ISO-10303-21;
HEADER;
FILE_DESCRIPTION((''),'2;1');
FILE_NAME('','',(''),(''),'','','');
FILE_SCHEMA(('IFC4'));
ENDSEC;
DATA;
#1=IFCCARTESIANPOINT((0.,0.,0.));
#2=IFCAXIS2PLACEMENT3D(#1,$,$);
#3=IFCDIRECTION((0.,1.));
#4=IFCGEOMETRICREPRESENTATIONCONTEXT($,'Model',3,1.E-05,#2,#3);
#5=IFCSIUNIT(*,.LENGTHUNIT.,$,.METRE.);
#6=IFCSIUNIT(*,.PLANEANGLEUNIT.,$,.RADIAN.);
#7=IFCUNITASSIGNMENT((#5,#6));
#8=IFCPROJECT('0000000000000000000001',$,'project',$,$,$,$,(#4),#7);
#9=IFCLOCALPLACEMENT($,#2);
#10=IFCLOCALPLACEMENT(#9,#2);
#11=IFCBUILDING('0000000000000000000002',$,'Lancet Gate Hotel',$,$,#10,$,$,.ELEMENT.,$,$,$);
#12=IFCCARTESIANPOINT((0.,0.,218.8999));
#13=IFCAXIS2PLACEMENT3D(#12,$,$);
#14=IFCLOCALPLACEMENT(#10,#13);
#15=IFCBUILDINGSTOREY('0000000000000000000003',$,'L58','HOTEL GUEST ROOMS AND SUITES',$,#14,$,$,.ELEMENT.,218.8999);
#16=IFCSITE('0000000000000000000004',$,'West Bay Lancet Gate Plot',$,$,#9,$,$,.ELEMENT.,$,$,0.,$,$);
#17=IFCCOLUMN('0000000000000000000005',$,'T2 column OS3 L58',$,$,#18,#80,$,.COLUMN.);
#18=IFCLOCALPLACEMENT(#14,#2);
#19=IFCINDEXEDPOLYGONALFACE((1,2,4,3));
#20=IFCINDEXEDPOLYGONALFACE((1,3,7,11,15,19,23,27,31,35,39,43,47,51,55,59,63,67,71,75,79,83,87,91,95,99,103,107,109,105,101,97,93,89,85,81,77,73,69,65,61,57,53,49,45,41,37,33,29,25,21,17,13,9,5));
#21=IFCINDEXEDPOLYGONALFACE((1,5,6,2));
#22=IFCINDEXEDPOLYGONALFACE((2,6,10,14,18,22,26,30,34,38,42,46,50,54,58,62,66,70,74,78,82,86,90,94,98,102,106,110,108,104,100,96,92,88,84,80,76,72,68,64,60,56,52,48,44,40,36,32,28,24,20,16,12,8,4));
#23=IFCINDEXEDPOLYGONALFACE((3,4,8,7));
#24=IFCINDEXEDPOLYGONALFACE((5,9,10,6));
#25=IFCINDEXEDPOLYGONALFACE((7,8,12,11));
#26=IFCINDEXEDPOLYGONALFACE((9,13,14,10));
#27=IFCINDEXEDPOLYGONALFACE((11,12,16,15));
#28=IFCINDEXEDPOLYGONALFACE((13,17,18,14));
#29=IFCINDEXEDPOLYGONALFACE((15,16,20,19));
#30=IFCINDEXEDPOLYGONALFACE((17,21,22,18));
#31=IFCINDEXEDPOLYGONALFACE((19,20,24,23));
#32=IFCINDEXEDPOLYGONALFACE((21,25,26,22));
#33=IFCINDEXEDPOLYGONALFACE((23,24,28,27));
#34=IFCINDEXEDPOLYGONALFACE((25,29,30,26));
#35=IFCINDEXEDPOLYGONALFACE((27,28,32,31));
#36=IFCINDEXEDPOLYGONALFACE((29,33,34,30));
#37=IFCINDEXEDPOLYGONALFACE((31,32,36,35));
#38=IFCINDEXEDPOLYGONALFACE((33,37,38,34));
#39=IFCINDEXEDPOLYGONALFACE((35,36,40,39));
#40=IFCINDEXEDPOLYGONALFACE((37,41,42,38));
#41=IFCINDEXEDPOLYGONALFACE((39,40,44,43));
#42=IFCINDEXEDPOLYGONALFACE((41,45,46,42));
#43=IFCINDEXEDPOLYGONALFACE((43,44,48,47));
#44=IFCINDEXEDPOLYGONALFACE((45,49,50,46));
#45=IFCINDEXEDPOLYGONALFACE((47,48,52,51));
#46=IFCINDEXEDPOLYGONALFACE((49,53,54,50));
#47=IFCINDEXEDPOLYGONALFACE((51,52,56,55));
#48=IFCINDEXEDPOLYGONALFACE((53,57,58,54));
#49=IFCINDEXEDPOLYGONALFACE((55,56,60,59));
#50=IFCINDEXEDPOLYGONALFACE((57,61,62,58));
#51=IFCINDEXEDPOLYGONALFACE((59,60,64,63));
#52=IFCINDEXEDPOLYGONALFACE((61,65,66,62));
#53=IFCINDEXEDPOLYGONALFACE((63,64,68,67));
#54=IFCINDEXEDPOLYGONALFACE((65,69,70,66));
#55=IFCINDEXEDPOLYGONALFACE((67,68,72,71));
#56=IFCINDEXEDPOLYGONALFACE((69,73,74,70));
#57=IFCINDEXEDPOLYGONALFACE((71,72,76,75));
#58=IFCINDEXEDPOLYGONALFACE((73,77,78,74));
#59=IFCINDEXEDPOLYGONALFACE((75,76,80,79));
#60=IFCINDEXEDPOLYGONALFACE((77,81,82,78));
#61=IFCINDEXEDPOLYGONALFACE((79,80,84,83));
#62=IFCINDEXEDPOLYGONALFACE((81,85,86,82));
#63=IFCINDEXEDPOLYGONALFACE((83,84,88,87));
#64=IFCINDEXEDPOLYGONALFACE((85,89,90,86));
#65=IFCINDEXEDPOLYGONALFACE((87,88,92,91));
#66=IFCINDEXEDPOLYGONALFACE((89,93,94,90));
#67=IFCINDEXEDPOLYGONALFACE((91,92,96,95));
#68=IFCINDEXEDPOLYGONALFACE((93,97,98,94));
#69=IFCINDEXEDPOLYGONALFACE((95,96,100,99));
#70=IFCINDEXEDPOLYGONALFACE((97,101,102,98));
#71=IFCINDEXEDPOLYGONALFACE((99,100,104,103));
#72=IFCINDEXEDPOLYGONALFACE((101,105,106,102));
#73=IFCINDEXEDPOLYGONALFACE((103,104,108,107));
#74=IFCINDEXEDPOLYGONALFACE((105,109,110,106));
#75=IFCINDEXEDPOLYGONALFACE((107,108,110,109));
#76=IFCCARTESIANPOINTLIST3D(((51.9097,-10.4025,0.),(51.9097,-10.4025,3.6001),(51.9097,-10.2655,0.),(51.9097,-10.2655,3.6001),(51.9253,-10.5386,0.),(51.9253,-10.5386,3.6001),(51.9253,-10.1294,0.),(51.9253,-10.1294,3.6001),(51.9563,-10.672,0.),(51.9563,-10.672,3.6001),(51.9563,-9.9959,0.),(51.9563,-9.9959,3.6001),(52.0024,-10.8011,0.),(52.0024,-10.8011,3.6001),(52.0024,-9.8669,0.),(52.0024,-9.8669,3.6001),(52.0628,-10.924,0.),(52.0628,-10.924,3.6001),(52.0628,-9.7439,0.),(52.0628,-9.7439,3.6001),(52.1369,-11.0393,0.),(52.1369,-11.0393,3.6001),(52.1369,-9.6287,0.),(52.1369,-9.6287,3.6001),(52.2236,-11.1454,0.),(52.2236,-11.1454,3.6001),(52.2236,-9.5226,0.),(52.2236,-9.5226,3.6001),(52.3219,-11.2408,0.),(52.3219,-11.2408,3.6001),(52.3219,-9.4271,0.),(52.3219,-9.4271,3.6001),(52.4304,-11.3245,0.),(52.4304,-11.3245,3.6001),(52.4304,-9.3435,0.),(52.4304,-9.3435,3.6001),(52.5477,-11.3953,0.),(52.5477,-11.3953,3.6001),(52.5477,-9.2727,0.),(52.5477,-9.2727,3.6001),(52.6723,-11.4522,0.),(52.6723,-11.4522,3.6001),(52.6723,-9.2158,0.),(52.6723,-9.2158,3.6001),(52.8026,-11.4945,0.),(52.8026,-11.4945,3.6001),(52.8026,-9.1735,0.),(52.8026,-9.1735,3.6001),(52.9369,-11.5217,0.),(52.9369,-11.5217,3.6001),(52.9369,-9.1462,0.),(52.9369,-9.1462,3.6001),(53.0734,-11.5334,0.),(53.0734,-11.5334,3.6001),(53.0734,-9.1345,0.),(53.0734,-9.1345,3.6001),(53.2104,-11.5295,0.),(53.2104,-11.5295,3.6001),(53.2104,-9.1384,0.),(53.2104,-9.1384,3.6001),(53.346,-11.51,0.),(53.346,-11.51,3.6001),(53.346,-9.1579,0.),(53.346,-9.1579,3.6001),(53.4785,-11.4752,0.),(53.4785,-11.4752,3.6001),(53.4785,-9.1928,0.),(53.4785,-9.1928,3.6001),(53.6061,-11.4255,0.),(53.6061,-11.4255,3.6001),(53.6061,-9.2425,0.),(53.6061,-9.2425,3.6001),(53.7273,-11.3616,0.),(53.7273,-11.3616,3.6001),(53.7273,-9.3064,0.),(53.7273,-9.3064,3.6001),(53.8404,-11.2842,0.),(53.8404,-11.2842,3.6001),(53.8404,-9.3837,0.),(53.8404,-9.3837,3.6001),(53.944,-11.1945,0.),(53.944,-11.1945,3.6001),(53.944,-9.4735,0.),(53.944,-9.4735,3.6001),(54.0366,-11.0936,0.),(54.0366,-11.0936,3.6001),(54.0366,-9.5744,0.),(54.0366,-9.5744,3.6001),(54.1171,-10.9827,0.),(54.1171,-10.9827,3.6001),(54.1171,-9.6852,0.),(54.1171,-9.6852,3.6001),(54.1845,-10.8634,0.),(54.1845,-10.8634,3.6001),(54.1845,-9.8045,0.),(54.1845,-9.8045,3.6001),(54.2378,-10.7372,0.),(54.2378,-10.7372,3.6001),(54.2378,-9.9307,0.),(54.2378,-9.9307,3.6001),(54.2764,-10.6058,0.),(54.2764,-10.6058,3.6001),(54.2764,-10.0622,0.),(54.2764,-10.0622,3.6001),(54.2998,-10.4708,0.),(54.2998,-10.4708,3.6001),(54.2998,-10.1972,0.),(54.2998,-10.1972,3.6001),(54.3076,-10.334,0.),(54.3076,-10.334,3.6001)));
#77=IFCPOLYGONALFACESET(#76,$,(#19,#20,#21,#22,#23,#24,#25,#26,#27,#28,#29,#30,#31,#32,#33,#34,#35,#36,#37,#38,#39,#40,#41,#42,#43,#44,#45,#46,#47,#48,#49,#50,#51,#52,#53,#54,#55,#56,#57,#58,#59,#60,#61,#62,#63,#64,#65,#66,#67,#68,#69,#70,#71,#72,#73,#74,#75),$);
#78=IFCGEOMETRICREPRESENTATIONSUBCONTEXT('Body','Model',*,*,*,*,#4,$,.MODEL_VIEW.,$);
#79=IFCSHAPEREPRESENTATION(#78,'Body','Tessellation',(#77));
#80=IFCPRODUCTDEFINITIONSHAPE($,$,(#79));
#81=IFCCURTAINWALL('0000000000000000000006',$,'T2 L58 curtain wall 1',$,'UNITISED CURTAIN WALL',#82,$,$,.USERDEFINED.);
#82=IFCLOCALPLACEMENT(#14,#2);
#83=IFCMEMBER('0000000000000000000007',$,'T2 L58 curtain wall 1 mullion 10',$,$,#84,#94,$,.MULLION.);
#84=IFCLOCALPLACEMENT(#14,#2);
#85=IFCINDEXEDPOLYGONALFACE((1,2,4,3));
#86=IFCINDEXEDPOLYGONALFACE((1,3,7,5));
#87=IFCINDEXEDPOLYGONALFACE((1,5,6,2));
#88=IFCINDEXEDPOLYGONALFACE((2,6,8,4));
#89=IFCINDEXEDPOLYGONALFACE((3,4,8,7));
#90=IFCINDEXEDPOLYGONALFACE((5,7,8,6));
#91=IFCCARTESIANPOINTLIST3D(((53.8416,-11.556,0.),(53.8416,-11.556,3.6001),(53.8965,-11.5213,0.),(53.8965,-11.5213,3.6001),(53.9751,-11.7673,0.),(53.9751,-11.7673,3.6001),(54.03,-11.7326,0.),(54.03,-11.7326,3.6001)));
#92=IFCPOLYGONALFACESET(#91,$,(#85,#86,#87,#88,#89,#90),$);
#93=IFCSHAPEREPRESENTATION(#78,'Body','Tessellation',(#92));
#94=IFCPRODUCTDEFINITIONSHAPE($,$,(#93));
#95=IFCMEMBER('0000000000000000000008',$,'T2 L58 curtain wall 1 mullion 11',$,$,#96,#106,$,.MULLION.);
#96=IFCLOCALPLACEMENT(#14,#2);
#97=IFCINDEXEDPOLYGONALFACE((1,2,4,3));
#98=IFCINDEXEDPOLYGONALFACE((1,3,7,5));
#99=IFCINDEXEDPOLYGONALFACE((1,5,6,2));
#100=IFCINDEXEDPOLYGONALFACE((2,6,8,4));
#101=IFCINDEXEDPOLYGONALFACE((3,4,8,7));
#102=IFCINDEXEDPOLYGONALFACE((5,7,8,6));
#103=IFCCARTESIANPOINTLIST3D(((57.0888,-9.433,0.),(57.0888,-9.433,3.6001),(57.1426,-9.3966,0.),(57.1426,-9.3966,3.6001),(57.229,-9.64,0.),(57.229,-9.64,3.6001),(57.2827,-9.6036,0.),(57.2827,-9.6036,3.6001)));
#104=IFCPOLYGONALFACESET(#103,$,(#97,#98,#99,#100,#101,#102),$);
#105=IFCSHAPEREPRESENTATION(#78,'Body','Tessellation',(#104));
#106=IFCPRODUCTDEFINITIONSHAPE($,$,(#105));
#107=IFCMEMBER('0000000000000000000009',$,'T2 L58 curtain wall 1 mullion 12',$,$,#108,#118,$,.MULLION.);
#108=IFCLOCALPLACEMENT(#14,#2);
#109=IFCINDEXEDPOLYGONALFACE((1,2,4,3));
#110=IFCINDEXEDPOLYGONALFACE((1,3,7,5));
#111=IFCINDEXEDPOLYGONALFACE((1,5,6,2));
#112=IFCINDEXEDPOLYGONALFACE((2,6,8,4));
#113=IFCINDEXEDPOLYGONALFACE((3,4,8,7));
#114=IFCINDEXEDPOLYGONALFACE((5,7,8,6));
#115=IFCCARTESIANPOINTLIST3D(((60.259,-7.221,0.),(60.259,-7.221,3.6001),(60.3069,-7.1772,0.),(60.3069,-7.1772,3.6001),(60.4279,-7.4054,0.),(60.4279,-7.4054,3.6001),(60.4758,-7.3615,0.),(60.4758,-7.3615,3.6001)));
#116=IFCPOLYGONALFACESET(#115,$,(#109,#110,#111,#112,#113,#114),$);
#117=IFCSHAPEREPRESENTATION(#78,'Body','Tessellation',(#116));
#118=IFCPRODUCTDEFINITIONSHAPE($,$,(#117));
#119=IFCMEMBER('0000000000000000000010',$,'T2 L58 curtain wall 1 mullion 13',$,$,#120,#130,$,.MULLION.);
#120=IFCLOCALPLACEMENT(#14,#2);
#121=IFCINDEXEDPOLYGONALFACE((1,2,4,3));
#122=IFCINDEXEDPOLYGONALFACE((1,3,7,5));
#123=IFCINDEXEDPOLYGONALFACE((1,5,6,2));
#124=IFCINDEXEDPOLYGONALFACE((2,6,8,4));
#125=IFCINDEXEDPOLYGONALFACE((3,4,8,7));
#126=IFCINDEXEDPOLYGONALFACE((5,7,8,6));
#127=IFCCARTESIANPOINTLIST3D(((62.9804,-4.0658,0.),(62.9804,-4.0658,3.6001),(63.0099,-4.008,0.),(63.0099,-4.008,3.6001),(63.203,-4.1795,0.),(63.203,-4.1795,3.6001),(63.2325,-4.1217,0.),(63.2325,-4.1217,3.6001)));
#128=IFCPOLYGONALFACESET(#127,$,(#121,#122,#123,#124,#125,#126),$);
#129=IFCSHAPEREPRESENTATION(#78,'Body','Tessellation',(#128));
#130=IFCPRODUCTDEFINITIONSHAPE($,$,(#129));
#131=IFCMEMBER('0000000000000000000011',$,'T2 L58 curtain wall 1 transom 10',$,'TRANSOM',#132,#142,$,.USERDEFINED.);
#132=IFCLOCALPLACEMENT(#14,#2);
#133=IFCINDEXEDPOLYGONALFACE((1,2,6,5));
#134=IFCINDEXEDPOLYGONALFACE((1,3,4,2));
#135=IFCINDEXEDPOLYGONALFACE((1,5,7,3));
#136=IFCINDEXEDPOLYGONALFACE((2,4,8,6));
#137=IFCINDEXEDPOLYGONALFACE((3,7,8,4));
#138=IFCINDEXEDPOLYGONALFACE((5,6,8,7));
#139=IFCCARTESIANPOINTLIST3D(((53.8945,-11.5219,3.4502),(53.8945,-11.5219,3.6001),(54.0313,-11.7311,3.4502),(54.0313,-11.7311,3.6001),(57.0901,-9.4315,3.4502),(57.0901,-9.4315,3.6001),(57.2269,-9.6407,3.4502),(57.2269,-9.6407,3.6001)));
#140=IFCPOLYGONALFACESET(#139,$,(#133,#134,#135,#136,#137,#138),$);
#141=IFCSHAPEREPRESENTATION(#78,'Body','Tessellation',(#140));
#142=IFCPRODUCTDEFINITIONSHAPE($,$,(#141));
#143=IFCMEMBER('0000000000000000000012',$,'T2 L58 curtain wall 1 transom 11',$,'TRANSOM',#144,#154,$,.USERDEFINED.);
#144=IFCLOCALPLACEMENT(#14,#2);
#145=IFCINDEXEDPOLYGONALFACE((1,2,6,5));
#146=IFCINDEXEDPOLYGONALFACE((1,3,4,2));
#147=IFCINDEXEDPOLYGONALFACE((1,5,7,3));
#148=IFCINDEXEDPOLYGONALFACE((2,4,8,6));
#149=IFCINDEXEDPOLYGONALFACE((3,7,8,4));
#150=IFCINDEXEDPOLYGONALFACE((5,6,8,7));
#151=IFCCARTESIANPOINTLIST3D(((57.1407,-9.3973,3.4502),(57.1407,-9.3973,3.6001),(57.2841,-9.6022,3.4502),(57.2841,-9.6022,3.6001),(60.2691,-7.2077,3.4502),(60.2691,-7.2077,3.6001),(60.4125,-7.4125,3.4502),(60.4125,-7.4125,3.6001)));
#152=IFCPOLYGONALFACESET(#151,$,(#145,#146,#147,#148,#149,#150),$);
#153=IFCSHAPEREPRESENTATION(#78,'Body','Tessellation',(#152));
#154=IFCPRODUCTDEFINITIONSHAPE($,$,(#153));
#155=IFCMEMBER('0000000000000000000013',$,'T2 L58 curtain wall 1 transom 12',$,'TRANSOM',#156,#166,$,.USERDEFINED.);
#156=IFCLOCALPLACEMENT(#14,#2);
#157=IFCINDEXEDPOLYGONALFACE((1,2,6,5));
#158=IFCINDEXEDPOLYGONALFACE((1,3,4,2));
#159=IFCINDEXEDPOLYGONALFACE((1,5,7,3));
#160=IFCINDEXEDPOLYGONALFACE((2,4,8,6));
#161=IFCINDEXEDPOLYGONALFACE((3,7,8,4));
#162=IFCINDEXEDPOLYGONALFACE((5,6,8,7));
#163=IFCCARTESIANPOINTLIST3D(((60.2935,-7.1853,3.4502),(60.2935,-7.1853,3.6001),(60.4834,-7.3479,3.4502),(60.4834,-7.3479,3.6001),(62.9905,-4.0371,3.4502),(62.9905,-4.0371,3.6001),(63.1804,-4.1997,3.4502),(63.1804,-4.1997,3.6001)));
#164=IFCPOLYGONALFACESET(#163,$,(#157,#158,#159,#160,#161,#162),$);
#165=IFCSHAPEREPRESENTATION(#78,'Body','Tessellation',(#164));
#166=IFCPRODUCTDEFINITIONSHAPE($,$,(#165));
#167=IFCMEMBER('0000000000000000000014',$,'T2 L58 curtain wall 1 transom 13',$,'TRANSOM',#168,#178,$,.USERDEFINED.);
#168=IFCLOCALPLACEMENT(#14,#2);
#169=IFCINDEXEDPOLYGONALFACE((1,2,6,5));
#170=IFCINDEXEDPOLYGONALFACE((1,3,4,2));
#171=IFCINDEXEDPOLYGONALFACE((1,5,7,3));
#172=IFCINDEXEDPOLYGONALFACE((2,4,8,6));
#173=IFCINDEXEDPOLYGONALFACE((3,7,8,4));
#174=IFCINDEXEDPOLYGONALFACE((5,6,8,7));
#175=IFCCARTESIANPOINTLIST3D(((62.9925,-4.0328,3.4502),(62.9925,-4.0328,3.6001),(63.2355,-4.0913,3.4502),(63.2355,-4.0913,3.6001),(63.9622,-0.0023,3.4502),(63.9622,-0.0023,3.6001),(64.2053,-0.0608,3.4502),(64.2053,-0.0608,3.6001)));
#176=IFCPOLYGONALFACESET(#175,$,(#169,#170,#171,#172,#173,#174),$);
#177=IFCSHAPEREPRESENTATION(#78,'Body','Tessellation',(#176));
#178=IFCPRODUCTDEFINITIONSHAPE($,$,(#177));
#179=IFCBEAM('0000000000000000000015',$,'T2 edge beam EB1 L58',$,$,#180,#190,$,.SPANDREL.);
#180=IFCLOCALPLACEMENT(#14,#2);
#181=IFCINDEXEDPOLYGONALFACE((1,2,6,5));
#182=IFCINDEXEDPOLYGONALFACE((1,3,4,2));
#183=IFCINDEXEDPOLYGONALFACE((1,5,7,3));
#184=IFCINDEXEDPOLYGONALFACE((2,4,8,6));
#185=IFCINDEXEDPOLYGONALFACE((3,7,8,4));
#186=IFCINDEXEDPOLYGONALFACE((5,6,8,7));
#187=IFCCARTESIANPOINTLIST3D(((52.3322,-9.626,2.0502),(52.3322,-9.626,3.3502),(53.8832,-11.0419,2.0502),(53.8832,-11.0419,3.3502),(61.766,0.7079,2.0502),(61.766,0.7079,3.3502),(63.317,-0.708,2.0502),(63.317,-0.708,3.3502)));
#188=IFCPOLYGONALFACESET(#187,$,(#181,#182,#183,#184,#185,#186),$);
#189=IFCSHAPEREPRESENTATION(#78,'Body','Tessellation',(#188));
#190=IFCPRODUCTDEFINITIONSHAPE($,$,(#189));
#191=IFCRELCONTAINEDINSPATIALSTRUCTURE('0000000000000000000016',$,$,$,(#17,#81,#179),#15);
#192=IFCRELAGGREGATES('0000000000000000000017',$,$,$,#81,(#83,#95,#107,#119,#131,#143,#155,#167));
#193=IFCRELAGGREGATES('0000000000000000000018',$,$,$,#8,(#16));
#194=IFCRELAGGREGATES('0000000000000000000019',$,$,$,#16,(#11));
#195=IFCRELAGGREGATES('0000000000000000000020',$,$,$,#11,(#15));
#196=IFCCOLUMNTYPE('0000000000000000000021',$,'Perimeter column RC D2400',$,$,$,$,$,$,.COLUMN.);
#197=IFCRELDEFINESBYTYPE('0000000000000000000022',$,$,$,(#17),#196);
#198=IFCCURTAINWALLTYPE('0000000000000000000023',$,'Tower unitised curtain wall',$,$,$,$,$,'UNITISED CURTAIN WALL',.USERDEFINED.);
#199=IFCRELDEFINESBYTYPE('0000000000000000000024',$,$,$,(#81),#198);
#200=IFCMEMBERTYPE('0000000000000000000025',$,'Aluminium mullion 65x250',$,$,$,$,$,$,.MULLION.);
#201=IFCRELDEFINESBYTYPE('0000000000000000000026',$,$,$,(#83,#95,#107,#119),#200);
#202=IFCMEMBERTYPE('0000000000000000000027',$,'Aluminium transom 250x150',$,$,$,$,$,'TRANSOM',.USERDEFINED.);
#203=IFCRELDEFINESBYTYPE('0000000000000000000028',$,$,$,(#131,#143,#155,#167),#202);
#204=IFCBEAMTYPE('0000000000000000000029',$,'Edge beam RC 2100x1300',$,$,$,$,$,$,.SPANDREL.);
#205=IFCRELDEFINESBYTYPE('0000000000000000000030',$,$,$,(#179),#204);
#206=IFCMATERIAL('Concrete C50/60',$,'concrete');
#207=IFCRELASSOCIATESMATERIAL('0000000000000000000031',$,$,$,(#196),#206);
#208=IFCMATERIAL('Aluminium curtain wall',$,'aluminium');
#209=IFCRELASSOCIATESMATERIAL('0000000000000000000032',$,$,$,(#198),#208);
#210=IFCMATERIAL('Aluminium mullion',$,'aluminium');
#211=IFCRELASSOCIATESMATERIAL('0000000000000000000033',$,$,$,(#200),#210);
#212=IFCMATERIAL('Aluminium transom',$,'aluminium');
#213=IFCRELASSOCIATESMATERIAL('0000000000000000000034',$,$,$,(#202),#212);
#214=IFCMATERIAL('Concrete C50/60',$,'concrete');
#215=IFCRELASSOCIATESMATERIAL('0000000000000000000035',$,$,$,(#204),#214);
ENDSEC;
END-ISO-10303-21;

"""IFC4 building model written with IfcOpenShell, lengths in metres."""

from ifc_helpers import new_model, si_unit, direction, frame, origin, origin_2d, place, context, subcontext, project, spatial, rectangle, circle, extrude, material, material_profile, profile_set, type_object, element, aggregate, save


model = new_model("IFC4")

# Units and contexts
model_context = context("Model", 3, precision=1e-05, world=origin(), true_north=direction((0.0, 1.0)))
body_context = subcontext(model_context, "Body", "Model", "MODEL_VIEW")
ifc_project = project(units=[si_unit("LENGTHUNIT", "METRE"), si_unit("PLANEANGLEUNIT", "RADIAN")], contexts=[model_context])

# Site, building, storey
site_placement = place(None, origin())
site = spatial("IfcSite", under=ifc_project, at=site_placement, Name="West Bay Lancet Gate Plot", CompositionType="ELEMENT", RefElevation=0.0)
building_placement = place(site_placement, origin())
building = spatial("IfcBuilding", under=site, at=building_placement, Name="Lancet Gate Hotel", CompositionType="ELEMENT")
storey_placement = place(building_placement, frame((0.0, 0.0, 218.8999)))
storey = spatial("IfcBuildingStorey", under=building, at=storey_placement, Name="L58", Description="HOTEL GUEST ROOMS AND SUITES", CompositionType="ELEMENT", Elevation=218.8999)

# Column
ifc_material_1 = material(Name="Concrete C50/60", Category="concrete")
ifc_material_profile_1 = material_profile(ifc_material_1, circle(Radius=1.2, at=origin_2d()), Name="RC D2400")
ifc_profile_set_1 = profile_set([ifc_material_profile_1], Name="Concrete C50/60")
column_type = type_object("IfcColumnType", Name="Perimeter column RC D2400", PredefinedType="COLUMN", material=ifc_profile_set_1)
column_placement = place(storey_placement, frame((53.1077, -10.334, 0.0), z_axis=(0.0, 0.0, 1.0), x_axis=(1.0, 0.0, 0.0)))
element("IfcColumn", 1, at=column_placement, inside=storey, type_object=column_type, Name="T2 column OS3 L58", PredefinedType="COLUMN", context=body_context, shape_type="SweptSolid", body=[
    extrude(circle(Radius=1.2, at=origin_2d()), origin(), (0.0, 0.0, 1.0), 3.6001),
])

# Curtain wall, members
ifc_material_2 = material(Name="Aluminium curtain wall", Category="aluminium")
curtain_wall_type = type_object("IfcCurtainWallType", Name="Tower unitised curtain wall", ElementType="UNITISED CURTAIN WALL", PredefinedType="USERDEFINED", material=ifc_material_2)
curtain_wall_placement = place(storey_placement, origin())
curtain_wall = element("IfcCurtainWall", 2, at=curtain_wall_placement, inside=storey, type_object=curtain_wall_type, Name="T2 L58 curtain wall 1", ObjectType="UNITISED CURTAIN WALL", PredefinedType="USERDEFINED")
ifc_material_3 = material(Name="Aluminium mullion", Category="aluminium")
ifc_material_profile_2 = material_profile(ifc_material_3, rectangle(XDim=0.0649, YDim=0.25, at=origin_2d()), Name="MULLION 65x250")
ifc_profile_set_2 = profile_set([ifc_material_profile_2], Name="Aluminium mullion")
member_type_1 = type_object("IfcMemberType", Name="Aluminium mullion 65x250", PredefinedType="MULLION", material=ifc_profile_set_2)
member_1_placement = place(storey_placement, frame((53.9358, -11.6443, 0.0), z_axis=(0.0, 0.0, 1.0), x_axis=(0.84534, 0.534229, 0.0)))
member_1 = element("IfcMember", 3, at=member_1_placement, type_object=member_type_1, Name="T2 L58 curtain wall 1 mullion 10", PredefinedType="MULLION", context=body_context, shape_type="SweptSolid", body=[
    extrude(rectangle(XDim=0.0649, YDim=0.25, at=origin_2d()), origin(), (0.0, 0.0, 1.0), 3.6001),
])
member_2_placement = place(storey_placement, frame((57.1858, -9.5183, 0.0), z_axis=(0.0, 0.0, 1.0), x_axis=(0.828155, 0.5605, 0.0)))
member_2 = element("IfcMember", 4, at=member_2_placement, type_object=member_type_1, Name="T2 L58 curtain wall 1 mullion 11", PredefinedType="MULLION", context=body_context, shape_type="SweptSolid", body=[
    extrude(rectangle(XDim=0.0649, YDim=0.25, at=origin_2d()), origin(), (0.0, 0.0, 1.0), 3.6001),
])
member_3_placement = place(storey_placement, frame((60.3674, -7.2913, 0.0), z_axis=(0.0, 0.0, 1.0), x_axis=(0.737323, 0.67554, 0.0)))
member_3 = element("IfcMember", 5, at=member_3_placement, type_object=member_type_1, Name="T2 L58 curtain wall 1 mullion 12", PredefinedType="MULLION", context=body_context, shape_type="SweptSolid", body=[
    extrude(rectangle(XDim=0.0649, YDim=0.25, at=origin_2d()), origin(), (0.0, 0.0, 1.0), 3.6001),
])
member_4_placement = place(storey_placement, frame((63.1064, -4.0938, 0.0), z_axis=(0.0, 0.0, 1.0), x_axis=(0.454853, 0.890567, 0.0)))
member_4 = element("IfcMember", 6, at=member_4_placement, type_object=member_type_1, Name="T2 L58 curtain wall 1 mullion 13", PredefinedType="MULLION", context=body_context, shape_type="SweptSolid", body=[
    extrude(rectangle(XDim=0.0649, YDim=0.25, at=origin_2d()), origin(), (0.0, 0.0, 1.0), 3.6001),
])
ifc_material_4 = material(Name="Aluminium transom", Category="aluminium")
ifc_material_profile_3 = material_profile(ifc_material_4, rectangle(XDim=0.25, YDim=0.1499, at=origin_2d()), Name="TRANSOM 250x150")
ifc_profile_set_3 = profile_set([ifc_material_profile_3], Name="Aluminium transom")
member_type_2 = type_object("IfcMemberType", Name="Aluminium transom 250x150", ElementType="TRANSOM", PredefinedType="USERDEFINED", material=ifc_profile_set_3)
member_5_placement = place(storey_placement, frame((53.9629, -11.6265, 3.5251), z_axis=(0.836858, 0.54742, 0.0), x_axis=(-0.54742, 0.836858, 0.0)))
member_5 = element("IfcMember", 7, at=member_5_placement, type_object=member_type_2, Name="T2 L58 curtain wall 1 transom 10", ObjectType="TRANSOM", PredefinedType="USERDEFINED", context=body_context, shape_type="SweptSolid", body=[
    extrude(rectangle(XDim=0.25, YDim=0.1499, at=origin_2d()), origin(), (0.0, 0.0, 1.0), 3.8186),
])
member_6_placement = place(storey_placement, frame((57.2124, -9.4998, 3.5251), z_axis=(0.819256, 0.573428, 0.0), x_axis=(-0.573428, 0.819256, 0.0)))
member_6 = element("IfcMember", 8, at=member_6_placement, type_object=member_type_2, Name="T2 L58 curtain wall 1 transom 11", ObjectType="TRANSOM", PredefinedType="USERDEFINED", context=body_context, shape_type="SweptSolid", body=[
    extrude(rectangle(XDim=0.25, YDim=0.1499, at=origin_2d()), origin(), (0.0, 0.0, 1.0), 3.8186),
])
member_7_placement = place(storey_placement, frame((60.3884, -7.2666, 3.5251), z_axis=(0.650593, 0.759427, 0.0), x_axis=(-0.759427, 0.650593, 0.0)))
member_7 = element("IfcMember", 9, at=member_7_placement, type_object=member_type_2, Name="T2 L58 curtain wall 1 transom 12", ObjectType="TRANSOM", PredefinedType="USERDEFINED", context=body_context, shape_type="SweptSolid", body=[
    extrude(rectangle(XDim=0.25, YDim=0.1499, at=origin_2d()), origin(), (0.0, 0.0, 1.0), 4.1455),
])
member_8_placement = place(storey_placement, frame((63.114, -4.062, 3.5251), z_axis=(0.233921, 0.972256, 0.0), x_axis=(-0.972256, 0.233921, 0.0)))
member_8 = element("IfcMember", 10, at=member_8_placement, type_object=member_type_2, Name="T2 L58 curtain wall 1 transom 13", ObjectType="TRANSOM", PredefinedType="USERDEFINED", context=body_context, shape_type="SweptSolid", body=[
    extrude(rectangle(XDim=0.25, YDim=0.1499, at=origin_2d()), origin(), (0.0, 0.0, 1.0), 4.1455),
])

# Beam
ifc_material_5 = material(Name="Concrete C50/60", Category="concrete")
ifc_material_profile_4 = material_profile(ifc_material_5, rectangle(XDim=2.1001, YDim=1.3, at=origin_2d()), Name="RC 2100x1300")
ifc_profile_set_4 = profile_set([ifc_material_profile_4], Name="Concrete C50/60")
beam_type_1 = type_object("IfcBeamType", Name="Edge beam RC 2100x1300", PredefinedType="SPANDREL", material=ifc_profile_set_4)
beam_1_placement = place(storey_placement, frame((53.1077, -10.334, 2.7002), z_axis=(0.674209, 0.73854, 0.0), x_axis=(-0.73854, 0.674209, 0.0)))
element("IfcBeam", 11, at=beam_1_placement, inside=storey, type_object=beam_type_1, Name="T2 edge beam EB1 L58", PredefinedType="SPANDREL", context=body_context, shape_type="SweptSolid", body=[
    extrude(rectangle(XDim=2.1001, YDim=1.3, at=origin_2d()), origin(), (0.0, 0.0, 1.0), 13.9924),
])

aggregate(curtain_wall, [member_1, member_2, member_3, member_4, member_5, member_6, member_7, member_8])

save(model, "model.ifc")
